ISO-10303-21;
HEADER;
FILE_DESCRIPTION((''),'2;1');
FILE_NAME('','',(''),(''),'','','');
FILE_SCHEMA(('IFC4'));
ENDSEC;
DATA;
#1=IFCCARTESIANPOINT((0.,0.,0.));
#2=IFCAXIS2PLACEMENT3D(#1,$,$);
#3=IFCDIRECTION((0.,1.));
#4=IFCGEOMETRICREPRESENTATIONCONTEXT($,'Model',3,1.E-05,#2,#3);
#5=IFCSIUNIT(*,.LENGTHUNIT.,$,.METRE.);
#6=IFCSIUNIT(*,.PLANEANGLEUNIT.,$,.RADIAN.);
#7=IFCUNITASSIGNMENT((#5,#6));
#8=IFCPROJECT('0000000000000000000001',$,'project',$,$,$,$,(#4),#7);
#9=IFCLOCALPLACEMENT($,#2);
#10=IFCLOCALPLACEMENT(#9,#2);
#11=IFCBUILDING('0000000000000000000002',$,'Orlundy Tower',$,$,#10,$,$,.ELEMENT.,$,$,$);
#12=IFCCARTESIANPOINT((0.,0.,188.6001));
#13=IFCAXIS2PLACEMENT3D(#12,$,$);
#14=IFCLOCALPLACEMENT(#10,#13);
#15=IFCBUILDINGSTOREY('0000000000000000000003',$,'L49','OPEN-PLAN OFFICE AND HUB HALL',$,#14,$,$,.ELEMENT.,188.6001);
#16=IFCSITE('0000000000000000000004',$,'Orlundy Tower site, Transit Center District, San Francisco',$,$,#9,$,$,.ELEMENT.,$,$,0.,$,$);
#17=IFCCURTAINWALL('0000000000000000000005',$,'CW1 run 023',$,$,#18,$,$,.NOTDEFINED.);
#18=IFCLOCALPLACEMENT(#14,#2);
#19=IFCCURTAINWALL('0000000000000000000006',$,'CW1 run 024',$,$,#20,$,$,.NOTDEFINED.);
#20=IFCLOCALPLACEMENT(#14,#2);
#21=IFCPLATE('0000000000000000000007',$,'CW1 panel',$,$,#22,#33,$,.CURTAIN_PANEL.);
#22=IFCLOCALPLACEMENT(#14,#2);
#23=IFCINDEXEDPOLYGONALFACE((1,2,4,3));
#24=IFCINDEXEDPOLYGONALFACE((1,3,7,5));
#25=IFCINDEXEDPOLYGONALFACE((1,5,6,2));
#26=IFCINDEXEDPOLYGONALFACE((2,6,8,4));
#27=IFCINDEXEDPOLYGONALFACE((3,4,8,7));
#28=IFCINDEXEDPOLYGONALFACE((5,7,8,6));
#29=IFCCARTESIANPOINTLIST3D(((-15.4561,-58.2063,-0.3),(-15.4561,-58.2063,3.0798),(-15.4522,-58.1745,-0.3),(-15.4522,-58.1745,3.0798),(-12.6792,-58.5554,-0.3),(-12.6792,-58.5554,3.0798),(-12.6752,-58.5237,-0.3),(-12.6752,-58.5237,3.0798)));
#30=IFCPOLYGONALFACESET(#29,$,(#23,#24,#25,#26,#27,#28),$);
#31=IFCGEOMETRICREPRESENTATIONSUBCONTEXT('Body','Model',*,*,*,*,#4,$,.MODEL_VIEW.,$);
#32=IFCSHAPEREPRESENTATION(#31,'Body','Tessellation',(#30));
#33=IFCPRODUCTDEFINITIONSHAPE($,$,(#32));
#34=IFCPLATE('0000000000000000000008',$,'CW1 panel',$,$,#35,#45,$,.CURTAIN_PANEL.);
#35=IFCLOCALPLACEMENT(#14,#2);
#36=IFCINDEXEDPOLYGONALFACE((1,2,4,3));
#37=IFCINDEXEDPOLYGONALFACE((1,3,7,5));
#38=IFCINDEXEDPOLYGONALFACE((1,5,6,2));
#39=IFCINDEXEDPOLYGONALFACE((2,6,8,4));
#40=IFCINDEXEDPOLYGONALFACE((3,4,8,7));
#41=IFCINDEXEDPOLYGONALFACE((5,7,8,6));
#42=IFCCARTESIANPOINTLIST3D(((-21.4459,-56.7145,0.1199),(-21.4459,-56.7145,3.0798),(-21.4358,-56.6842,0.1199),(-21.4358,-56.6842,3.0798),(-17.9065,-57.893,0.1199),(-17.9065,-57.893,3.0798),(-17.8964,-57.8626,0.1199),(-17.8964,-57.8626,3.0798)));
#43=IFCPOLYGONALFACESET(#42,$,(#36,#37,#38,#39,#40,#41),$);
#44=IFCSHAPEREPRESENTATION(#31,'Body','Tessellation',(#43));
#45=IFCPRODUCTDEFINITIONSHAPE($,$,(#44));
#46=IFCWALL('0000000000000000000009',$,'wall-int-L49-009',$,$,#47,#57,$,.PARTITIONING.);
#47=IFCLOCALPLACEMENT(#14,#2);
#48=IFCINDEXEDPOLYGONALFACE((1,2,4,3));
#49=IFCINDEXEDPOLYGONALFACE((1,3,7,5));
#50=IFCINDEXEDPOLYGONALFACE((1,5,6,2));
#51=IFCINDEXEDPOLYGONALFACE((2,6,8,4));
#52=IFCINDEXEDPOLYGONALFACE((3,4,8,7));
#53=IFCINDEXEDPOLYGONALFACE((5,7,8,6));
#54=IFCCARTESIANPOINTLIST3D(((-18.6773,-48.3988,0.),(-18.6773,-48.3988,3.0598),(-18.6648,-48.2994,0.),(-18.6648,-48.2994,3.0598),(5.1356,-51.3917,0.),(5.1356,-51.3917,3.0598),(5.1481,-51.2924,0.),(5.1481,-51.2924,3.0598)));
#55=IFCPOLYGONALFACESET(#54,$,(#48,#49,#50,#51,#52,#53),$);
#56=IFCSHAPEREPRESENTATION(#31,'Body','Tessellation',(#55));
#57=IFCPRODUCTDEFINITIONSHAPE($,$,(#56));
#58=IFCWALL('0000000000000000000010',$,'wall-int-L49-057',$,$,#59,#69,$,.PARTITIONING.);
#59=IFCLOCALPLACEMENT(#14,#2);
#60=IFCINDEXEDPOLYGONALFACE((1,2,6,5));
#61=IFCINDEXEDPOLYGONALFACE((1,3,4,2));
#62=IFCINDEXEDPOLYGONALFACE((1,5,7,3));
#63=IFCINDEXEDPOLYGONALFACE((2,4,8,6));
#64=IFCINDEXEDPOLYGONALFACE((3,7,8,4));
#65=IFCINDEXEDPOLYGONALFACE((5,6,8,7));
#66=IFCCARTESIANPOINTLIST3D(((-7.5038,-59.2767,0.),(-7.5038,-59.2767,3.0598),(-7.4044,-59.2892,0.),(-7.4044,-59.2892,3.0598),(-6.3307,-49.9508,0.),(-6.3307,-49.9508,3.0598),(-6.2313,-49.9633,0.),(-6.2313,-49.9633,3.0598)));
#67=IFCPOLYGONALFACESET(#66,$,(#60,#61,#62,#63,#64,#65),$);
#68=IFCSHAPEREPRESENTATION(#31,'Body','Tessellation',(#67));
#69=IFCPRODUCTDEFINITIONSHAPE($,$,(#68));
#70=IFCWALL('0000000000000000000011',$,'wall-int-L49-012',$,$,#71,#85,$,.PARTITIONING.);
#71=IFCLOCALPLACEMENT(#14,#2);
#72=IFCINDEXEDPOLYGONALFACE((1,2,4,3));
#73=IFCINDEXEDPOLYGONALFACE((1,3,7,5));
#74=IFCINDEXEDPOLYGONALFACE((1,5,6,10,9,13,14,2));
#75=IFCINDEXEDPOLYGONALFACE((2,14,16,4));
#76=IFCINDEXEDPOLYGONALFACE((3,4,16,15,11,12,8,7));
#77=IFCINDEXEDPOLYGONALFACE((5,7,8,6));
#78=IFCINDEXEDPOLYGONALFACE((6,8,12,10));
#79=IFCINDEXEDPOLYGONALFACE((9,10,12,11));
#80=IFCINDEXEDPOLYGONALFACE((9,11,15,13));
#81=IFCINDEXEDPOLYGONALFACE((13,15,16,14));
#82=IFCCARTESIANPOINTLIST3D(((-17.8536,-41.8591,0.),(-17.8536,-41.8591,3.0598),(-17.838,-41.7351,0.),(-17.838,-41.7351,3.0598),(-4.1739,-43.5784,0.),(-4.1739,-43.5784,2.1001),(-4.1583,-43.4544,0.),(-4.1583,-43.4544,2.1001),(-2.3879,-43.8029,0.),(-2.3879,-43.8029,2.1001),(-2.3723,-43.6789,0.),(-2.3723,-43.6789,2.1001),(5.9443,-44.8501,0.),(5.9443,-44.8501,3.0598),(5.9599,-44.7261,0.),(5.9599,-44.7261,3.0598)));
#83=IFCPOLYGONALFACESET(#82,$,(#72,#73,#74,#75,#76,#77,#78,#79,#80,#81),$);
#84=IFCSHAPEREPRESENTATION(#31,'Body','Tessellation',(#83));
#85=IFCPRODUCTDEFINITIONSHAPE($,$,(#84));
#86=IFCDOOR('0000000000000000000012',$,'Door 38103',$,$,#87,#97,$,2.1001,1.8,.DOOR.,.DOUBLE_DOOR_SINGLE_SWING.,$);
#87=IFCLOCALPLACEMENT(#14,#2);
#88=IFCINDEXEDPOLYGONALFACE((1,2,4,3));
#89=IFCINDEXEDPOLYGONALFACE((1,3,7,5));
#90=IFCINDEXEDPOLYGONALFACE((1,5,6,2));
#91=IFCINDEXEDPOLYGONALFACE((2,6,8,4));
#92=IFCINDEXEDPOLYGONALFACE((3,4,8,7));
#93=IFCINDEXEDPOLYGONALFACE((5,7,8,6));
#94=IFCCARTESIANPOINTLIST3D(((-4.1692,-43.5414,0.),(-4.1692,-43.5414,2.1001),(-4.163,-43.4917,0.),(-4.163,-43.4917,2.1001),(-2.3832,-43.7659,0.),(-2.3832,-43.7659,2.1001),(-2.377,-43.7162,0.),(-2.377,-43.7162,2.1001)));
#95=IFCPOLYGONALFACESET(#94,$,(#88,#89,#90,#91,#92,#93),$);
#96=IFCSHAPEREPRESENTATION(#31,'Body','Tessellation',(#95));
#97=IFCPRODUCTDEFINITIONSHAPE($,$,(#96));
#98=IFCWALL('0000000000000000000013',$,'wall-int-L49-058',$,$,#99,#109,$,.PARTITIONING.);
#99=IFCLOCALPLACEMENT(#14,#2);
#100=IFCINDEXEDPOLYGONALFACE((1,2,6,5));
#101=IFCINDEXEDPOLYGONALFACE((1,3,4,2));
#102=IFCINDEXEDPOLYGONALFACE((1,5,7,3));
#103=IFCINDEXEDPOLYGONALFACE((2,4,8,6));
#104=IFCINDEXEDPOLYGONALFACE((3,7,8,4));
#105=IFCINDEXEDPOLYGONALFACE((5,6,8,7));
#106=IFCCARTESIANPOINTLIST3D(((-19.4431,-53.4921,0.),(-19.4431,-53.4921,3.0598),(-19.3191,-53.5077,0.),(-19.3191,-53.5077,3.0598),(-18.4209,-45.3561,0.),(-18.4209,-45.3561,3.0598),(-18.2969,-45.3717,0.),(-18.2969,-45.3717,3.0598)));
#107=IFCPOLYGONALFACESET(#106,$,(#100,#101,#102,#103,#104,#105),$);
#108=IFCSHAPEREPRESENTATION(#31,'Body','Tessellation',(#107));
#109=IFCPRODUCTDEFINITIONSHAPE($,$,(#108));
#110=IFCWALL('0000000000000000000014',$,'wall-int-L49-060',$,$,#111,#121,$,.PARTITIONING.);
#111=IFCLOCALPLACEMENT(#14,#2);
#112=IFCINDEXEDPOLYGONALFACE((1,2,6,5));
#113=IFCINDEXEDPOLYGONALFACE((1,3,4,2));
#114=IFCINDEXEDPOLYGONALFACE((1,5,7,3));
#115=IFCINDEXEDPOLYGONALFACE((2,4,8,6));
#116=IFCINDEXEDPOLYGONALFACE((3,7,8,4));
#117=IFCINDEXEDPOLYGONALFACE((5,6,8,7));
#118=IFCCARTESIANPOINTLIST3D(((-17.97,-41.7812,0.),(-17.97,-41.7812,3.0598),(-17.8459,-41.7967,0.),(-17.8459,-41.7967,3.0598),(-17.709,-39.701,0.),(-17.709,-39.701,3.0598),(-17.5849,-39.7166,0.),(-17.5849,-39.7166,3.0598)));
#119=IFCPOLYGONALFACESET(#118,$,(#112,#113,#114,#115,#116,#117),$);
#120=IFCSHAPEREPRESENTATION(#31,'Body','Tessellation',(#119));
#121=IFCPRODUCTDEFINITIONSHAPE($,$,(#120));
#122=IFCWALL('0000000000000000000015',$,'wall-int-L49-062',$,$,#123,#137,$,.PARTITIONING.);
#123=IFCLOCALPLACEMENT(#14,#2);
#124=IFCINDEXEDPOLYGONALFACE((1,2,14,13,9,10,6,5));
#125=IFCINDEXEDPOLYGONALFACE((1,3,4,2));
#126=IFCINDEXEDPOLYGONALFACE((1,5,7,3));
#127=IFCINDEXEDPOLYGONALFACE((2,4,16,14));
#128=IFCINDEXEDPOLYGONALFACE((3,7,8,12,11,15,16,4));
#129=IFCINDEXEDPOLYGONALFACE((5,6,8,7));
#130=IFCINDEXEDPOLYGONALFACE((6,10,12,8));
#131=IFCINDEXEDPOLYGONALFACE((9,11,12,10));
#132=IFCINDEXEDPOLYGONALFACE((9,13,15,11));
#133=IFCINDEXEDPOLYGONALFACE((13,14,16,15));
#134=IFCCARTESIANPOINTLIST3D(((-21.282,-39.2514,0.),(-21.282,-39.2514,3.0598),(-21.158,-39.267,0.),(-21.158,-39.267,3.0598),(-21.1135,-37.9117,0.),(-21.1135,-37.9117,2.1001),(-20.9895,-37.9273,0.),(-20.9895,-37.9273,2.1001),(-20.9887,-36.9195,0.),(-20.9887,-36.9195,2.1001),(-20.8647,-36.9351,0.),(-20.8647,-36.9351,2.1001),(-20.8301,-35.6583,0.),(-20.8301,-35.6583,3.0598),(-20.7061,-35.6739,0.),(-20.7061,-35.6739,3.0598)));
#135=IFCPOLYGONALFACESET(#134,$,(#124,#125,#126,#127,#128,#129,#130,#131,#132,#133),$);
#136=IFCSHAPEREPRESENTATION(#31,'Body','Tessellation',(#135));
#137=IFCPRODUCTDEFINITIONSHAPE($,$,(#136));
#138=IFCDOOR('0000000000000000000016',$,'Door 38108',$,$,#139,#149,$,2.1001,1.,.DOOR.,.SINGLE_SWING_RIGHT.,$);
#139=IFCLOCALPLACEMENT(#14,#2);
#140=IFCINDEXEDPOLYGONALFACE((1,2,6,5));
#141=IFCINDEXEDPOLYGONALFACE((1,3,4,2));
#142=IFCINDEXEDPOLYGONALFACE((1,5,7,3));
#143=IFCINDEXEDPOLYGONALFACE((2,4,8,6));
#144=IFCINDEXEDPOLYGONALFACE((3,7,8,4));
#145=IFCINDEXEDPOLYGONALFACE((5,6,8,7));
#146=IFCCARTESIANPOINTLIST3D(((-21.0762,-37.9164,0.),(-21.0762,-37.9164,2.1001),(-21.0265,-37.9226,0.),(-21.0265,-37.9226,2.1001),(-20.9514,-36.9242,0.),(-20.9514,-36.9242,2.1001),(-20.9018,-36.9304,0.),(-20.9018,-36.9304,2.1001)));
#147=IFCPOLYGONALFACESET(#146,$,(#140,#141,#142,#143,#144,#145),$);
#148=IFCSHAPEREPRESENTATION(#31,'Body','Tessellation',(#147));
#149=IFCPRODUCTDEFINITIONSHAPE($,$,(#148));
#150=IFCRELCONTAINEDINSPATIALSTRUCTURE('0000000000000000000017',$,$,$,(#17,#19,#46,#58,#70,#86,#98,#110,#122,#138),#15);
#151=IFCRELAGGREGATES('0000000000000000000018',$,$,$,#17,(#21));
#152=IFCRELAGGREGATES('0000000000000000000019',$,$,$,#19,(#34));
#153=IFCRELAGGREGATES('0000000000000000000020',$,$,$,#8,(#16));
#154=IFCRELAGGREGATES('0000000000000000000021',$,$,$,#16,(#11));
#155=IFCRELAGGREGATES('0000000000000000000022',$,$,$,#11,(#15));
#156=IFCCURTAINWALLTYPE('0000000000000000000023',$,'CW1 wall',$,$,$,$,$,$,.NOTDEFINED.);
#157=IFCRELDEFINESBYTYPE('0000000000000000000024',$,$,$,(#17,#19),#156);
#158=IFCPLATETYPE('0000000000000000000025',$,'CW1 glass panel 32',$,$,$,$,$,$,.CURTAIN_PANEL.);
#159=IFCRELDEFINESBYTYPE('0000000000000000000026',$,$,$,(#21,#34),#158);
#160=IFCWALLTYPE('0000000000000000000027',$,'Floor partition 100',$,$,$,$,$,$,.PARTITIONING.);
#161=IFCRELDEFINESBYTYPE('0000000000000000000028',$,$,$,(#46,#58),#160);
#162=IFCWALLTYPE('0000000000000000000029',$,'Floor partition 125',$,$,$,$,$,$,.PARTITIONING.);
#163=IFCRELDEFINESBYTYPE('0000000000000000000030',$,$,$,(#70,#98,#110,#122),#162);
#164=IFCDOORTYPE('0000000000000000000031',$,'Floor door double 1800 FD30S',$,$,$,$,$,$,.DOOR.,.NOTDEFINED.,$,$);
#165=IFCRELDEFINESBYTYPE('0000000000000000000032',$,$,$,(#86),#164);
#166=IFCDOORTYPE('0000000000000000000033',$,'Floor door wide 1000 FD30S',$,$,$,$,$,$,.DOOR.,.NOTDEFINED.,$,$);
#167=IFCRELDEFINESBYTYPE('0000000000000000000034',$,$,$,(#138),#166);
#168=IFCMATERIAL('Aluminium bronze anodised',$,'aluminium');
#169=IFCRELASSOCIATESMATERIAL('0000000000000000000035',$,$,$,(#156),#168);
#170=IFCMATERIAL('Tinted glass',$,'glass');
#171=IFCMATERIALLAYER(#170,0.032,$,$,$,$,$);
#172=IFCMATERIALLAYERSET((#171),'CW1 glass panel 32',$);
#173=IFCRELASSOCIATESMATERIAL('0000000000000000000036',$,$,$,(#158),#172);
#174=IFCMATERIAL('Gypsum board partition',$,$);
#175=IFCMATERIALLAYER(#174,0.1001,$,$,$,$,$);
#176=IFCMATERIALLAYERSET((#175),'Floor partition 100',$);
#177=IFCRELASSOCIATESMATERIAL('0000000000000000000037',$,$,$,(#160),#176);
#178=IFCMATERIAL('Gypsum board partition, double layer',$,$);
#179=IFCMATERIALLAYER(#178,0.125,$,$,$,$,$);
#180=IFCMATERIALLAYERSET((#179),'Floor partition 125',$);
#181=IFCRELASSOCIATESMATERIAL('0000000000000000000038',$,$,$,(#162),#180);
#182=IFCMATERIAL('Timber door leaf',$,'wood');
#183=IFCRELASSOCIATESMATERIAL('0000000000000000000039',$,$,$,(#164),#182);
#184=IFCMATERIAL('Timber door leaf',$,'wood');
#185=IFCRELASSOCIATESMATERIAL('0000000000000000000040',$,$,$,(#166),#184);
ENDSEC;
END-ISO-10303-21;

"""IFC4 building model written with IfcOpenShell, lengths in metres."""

from ifc_helpers import new_model, si_unit, direction, frame, frame_2d, origin, origin_2d, place, context, subcontext, project, spatial, rectangle, extrude, material, layer, layer_set, type_object, element, fill, aggregate, save


model = new_model("IFC4")

# Units and contexts
model_context = context("Model", 3, precision=1e-05, world=origin(), true_north=direction((0.0, 1.0)))
body_context = subcontext(model_context, "Body", "Model", "MODEL_VIEW")
ifc_project = project(units=[si_unit("LENGTHUNIT", "METRE"), si_unit("PLANEANGLEUNIT", "RADIAN")], contexts=[model_context])

# Site, building, storey
site_placement = place(None, origin())
site = spatial("IfcSite", under=ifc_project, at=site_placement, Name="Orlundy Tower site, Transit Center District, San Francisco", CompositionType="ELEMENT", RefElevation=0.0)
building_placement = place(site_placement, origin())
building = spatial("IfcBuilding", under=site, at=building_placement, Name="Orlundy Tower", CompositionType="ELEMENT")
storey_placement = place(building_placement, frame((0.0, 0.0, 188.6001)))
storey = spatial("IfcBuildingStorey", under=building, at=storey_placement, Name="L49", Description="OPEN-PLAN OFFICE AND HUB HALL", CompositionType="ELEMENT", Elevation=188.6001)

# Curtain wall
ifc_material_1 = material(Name="Aluminium bronze anodised", Category="aluminium")
curtain_wall_type = type_object("IfcCurtainWallType", Name="CW1 wall", PredefinedType="NOTDEFINED", material=ifc_material_1)
curtain_wall_1_placement = place(storey_placement, origin())
curtain_wall_1 = element("IfcCurtainWall", 1, at=curtain_wall_1_placement, inside=storey, type_object=curtain_wall_type, Name="CW1 run 023", PredefinedType="NOTDEFINED")

# Curtain wall
curtain_wall_2_placement = place(storey_placement, origin())
curtain_wall_2 = element("IfcCurtainWall", 2, at=curtain_wall_2_placement, inside=storey, type_object=curtain_wall_type, Name="CW1 run 024", PredefinedType="NOTDEFINED")

# Plates
ifc_material_2 = material(Name="Tinted glass", Category="glass")
ifc_layer_1 = layer(ifc_material_2, 0.032)
ifc_layer_set_1 = layer_set([ifc_layer_1], Name="CW1 glass panel 32")
plate_type = type_object("IfcPlateType", Name="CW1 glass panel 32", PredefinedType="CURTAIN_PANEL", material=ifc_layer_set_1)
plate_1_placement = place(storey_placement, frame((-14.0657, -58.365, -0.3), z_axis=(0.0, 0.0, 1.0), x_axis=(-0.992187, 0.124761, 0.0)))
plate_1 = element("IfcPlate", 3, at=plate_1_placement, type_object=plate_type, Name="CW1 panel", PredefinedType="CURTAIN_PANEL", context=body_context, shape_type="SweptSolid", body=[
    extrude(rectangle(XDim=2.7988, YDim=0.032, at=origin_2d()), origin(), (0.0, 0.0, 1.0), 3.3799),
])
aggregate(curtain_wall_1, [plate_1])
plate_2_placement = place(storey_placement, frame((-19.6711, -57.2886, 0.1199), z_axis=(0.0, 0.0, 1.0), x_axis=(-0.948791, 0.315904, 0.0)))
plate_2 = element("IfcPlate", 4, at=plate_2_placement, type_object=plate_type, Name="CW1 panel", PredefinedType="CURTAIN_PANEL", context=body_context, shape_type="SweptSolid", body=[
    extrude(rectangle(XDim=3.7305, YDim=0.032, at=origin_2d()), origin(), (0.0, 0.0, 1.0), 2.96),
])
aggregate(curtain_wall_2, [plate_2])

# Walls
ifc_material_3 = material(Name="Gypsum board partition")
ifc_layer_2 = layer(ifc_material_3, 0.1001)
ifc_layer_set_2 = layer_set([ifc_layer_2], Name="Floor partition 100")
wall_type_1 = type_object("IfcWallType", Name="Floor partition 100", PredefinedType="PARTITIONING", material=ifc_layer_set_2)
wall_1_placement = place(storey_placement, frame((-18.6709, -48.3491, 0.0), z_axis=(0.0, 0.0, 1.0), x_axis=(0.992194, -0.124703, 0.0)))
element("IfcWall", 5, at=wall_1_placement, inside=storey, type_object=wall_type_1, Name="wall-int-L49-009", PredefinedType="PARTITIONING", context=body_context, shape_type="SweptSolid", body=[
    extrude(rectangle(XDim=24.0002, YDim=0.1001, at=frame_2d((12.0, 0.0))), origin(), (0.0, 0.0, 1.0), 3.0598),
])
wall_2_placement = place(storey_placement, frame((-7.4541, -59.283, 0.0), z_axis=(0.0, 0.0, 1.0), x_axis=(0.124805, 0.992181, 0.0)))
element("IfcWall", 6, at=wall_2_placement, inside=storey, type_object=wall_type_1, Name="wall-int-L49-057", PredefinedType="PARTITIONING", context=body_context, shape_type="SweptSolid", body=[
    extrude(rectangle(XDim=9.3994, YDim=0.1001, at=frame_2d((4.6997, 0.0))), origin(), (0.0, 0.0, 1.0), 3.0598),
])

# Wall, opening, door
ifc_material_4 = material(Name="Gypsum board partition, double layer")
ifc_layer_3 = layer(ifc_material_4, 0.125)
ifc_layer_set_3 = layer_set([ifc_layer_3], Name="Floor partition 125")
wall_type_2 = type_object("IfcWallType", Name="Floor partition 125", PredefinedType="PARTITIONING", material=ifc_layer_set_3)
wall_3_placement = place(storey_placement, frame((-17.8459, -41.7971, 0.0), z_axis=(0.0, 0.0, 1.0), x_axis=(0.992194, -0.124701, 0.0)))
wall_3 = element("IfcWall", 7, at=wall_3_placement, inside=storey, type_object=wall_type_2, Name="wall-int-L49-012", PredefinedType="PARTITIONING", context=body_context, shape_type="SweptSolid", body=[
    extrude(rectangle(XDim=23.9851, YDim=0.125, at=frame_2d((11.9927, 0.0))), origin(), (0.0, 0.0, 1.0), 3.0598),
])
opening_1_placement = place(wall_3_placement, frame((13.7876, 0.0, 0.0)))
opening_1 = element("IfcOpeningElement", 8, at=opening_1_placement, cuts=wall_3, PredefinedType="OPENING", context=body_context, shape_type="SweptSolid", body=[
    extrude(rectangle(XDim=1.8, YDim=2.1001, at=frame_2d((0.8999, 1.05))), frame((0.0, 0.0725, 0.0), z_axis=(0.0, -1.0, 0.0), x_axis=(1.0, 0.0, 0.0)), (0.0, 0.0, 1.0), 0.145),
])
ifc_material_5 = material(Name="Timber door leaf", Category="wood")
door_type_1 = type_object("IfcDoorType", Name="Floor door double 1800 FD30S", OperationType="NOTDEFINED", PredefinedType="DOOR", material=ifc_material_5)
door_1_placement = place(opening_1_placement, origin())
door_1 = element("IfcDoor", 9, at=door_1_placement, inside=storey, type_object=door_type_1, Name="Door 38103", OperationType="DOUBLE_DOOR_SINGLE_SWING", OverallHeight=2.1001, OverallWidth=1.8, PredefinedType="DOOR", context=body_context, shape_type="SweptSolid", body=[
    extrude(rectangle(XDim=1.8, YDim=2.1001, at=frame_2d((0.8999, 1.05))), frame((0.0, 0.0249, 0.0), z_axis=(0.0, -1.0, 0.0), x_axis=(1.0, 0.0, 0.0)), (0.0, 0.0, 1.0), 0.05),
])
fill(opening_1, door_1)

# Walls
wall_4_placement = place(storey_placement, frame((-19.3811, -53.5, 0.0), z_axis=(0.0, 0.0, 1.0), x_axis=(0.124661, 0.992199, 0.0)))
element("IfcWall", 10, at=wall_4_placement, inside=storey, type_object=wall_type_2, Name="wall-int-L49-058", PredefinedType="PARTITIONING", context=body_context, shape_type="SweptSolid", body=[
    extrude(rectangle(XDim=8.2, YDim=0.125, at=frame_2d((4.1001, 0.0))), origin(), (0.0, 0.0, 1.0), 3.0598),
])
wall_5_placement = place(storey_placement, frame((-17.908, -41.7891, 0.0), z_axis=(0.0, 0.0, 1.0), x_axis=(0.124493, 0.99222, 0.0)))
element("IfcWall", 11, at=wall_5_placement, inside=storey, type_object=wall_type_2, Name="wall-int-L49-060", PredefinedType="PARTITIONING", context=body_context, shape_type="SweptSolid", body=[
    extrude(rectangle(XDim=2.0964, YDim=0.125, at=frame_2d((1.0483, 0.0))), origin(), (0.0, 0.0, 1.0), 3.0598),
])

# Wall, opening, door
wall_6_placement = place(storey_placement, frame((-21.22, -39.259, 0.0), z_axis=(0.0, 0.0, 1.0), x_axis=(0.12479, 0.992183, 0.0)))
wall_6 = element("IfcWall", 12, at=wall_6_placement, inside=storey, type_object=wall_type_2, Name="wall-int-L49-062", PredefinedType="PARTITIONING", context=body_context, shape_type="SweptSolid", body=[
    extrude(rectangle(XDim=3.6213, YDim=0.125, at=frame_2d((1.8105, 0.0))), origin(), (0.0, 0.0, 1.0), 3.0598),
])
opening_2_placement = place(wall_6_placement, frame((1.3501, 0.0, 0.0)))
opening_2 = element("IfcOpeningElement", 13, at=opening_2_placement, cuts=wall_6, PredefinedType="OPENING", context=body_context, shape_type="SweptSolid", body=[
    extrude(rectangle(XDim=1.0, YDim=2.1001, at=frame_2d((0.5, 1.05))), frame((0.0, 0.0725, 0.0), z_axis=(0.0, -1.0, 0.0), x_axis=(1.0, 0.0, 0.0)), (0.0, 0.0, 1.0), 0.145),
])
ifc_material_6 = material(Name="Timber door leaf", Category="wood")
door_type_2 = type_object("IfcDoorType", Name="Floor door wide 1000 FD30S", OperationType="NOTDEFINED", PredefinedType="DOOR", material=ifc_material_6)
door_2_placement = place(opening_2_placement, origin())
door_2 = element("IfcDoor", 14, at=door_2_placement, inside=storey, type_object=door_type_2, Name="Door 38108", OperationType="SINGLE_SWING_RIGHT", OverallHeight=2.1001, OverallWidth=1.0, PredefinedType="DOOR", context=body_context, shape_type="SweptSolid", body=[
    extrude(rectangle(XDim=1.0, YDim=2.1001, at=frame_2d((0.5, 1.05))), frame((0.0, 0.0249, 0.0), z_axis=(0.0, -1.0, 0.0), x_axis=(1.0, 0.0, 0.0)), (0.0, 0.0, 1.0), 0.05),
])
fill(opening_2, door_2)

save(model, "model.ifc")
